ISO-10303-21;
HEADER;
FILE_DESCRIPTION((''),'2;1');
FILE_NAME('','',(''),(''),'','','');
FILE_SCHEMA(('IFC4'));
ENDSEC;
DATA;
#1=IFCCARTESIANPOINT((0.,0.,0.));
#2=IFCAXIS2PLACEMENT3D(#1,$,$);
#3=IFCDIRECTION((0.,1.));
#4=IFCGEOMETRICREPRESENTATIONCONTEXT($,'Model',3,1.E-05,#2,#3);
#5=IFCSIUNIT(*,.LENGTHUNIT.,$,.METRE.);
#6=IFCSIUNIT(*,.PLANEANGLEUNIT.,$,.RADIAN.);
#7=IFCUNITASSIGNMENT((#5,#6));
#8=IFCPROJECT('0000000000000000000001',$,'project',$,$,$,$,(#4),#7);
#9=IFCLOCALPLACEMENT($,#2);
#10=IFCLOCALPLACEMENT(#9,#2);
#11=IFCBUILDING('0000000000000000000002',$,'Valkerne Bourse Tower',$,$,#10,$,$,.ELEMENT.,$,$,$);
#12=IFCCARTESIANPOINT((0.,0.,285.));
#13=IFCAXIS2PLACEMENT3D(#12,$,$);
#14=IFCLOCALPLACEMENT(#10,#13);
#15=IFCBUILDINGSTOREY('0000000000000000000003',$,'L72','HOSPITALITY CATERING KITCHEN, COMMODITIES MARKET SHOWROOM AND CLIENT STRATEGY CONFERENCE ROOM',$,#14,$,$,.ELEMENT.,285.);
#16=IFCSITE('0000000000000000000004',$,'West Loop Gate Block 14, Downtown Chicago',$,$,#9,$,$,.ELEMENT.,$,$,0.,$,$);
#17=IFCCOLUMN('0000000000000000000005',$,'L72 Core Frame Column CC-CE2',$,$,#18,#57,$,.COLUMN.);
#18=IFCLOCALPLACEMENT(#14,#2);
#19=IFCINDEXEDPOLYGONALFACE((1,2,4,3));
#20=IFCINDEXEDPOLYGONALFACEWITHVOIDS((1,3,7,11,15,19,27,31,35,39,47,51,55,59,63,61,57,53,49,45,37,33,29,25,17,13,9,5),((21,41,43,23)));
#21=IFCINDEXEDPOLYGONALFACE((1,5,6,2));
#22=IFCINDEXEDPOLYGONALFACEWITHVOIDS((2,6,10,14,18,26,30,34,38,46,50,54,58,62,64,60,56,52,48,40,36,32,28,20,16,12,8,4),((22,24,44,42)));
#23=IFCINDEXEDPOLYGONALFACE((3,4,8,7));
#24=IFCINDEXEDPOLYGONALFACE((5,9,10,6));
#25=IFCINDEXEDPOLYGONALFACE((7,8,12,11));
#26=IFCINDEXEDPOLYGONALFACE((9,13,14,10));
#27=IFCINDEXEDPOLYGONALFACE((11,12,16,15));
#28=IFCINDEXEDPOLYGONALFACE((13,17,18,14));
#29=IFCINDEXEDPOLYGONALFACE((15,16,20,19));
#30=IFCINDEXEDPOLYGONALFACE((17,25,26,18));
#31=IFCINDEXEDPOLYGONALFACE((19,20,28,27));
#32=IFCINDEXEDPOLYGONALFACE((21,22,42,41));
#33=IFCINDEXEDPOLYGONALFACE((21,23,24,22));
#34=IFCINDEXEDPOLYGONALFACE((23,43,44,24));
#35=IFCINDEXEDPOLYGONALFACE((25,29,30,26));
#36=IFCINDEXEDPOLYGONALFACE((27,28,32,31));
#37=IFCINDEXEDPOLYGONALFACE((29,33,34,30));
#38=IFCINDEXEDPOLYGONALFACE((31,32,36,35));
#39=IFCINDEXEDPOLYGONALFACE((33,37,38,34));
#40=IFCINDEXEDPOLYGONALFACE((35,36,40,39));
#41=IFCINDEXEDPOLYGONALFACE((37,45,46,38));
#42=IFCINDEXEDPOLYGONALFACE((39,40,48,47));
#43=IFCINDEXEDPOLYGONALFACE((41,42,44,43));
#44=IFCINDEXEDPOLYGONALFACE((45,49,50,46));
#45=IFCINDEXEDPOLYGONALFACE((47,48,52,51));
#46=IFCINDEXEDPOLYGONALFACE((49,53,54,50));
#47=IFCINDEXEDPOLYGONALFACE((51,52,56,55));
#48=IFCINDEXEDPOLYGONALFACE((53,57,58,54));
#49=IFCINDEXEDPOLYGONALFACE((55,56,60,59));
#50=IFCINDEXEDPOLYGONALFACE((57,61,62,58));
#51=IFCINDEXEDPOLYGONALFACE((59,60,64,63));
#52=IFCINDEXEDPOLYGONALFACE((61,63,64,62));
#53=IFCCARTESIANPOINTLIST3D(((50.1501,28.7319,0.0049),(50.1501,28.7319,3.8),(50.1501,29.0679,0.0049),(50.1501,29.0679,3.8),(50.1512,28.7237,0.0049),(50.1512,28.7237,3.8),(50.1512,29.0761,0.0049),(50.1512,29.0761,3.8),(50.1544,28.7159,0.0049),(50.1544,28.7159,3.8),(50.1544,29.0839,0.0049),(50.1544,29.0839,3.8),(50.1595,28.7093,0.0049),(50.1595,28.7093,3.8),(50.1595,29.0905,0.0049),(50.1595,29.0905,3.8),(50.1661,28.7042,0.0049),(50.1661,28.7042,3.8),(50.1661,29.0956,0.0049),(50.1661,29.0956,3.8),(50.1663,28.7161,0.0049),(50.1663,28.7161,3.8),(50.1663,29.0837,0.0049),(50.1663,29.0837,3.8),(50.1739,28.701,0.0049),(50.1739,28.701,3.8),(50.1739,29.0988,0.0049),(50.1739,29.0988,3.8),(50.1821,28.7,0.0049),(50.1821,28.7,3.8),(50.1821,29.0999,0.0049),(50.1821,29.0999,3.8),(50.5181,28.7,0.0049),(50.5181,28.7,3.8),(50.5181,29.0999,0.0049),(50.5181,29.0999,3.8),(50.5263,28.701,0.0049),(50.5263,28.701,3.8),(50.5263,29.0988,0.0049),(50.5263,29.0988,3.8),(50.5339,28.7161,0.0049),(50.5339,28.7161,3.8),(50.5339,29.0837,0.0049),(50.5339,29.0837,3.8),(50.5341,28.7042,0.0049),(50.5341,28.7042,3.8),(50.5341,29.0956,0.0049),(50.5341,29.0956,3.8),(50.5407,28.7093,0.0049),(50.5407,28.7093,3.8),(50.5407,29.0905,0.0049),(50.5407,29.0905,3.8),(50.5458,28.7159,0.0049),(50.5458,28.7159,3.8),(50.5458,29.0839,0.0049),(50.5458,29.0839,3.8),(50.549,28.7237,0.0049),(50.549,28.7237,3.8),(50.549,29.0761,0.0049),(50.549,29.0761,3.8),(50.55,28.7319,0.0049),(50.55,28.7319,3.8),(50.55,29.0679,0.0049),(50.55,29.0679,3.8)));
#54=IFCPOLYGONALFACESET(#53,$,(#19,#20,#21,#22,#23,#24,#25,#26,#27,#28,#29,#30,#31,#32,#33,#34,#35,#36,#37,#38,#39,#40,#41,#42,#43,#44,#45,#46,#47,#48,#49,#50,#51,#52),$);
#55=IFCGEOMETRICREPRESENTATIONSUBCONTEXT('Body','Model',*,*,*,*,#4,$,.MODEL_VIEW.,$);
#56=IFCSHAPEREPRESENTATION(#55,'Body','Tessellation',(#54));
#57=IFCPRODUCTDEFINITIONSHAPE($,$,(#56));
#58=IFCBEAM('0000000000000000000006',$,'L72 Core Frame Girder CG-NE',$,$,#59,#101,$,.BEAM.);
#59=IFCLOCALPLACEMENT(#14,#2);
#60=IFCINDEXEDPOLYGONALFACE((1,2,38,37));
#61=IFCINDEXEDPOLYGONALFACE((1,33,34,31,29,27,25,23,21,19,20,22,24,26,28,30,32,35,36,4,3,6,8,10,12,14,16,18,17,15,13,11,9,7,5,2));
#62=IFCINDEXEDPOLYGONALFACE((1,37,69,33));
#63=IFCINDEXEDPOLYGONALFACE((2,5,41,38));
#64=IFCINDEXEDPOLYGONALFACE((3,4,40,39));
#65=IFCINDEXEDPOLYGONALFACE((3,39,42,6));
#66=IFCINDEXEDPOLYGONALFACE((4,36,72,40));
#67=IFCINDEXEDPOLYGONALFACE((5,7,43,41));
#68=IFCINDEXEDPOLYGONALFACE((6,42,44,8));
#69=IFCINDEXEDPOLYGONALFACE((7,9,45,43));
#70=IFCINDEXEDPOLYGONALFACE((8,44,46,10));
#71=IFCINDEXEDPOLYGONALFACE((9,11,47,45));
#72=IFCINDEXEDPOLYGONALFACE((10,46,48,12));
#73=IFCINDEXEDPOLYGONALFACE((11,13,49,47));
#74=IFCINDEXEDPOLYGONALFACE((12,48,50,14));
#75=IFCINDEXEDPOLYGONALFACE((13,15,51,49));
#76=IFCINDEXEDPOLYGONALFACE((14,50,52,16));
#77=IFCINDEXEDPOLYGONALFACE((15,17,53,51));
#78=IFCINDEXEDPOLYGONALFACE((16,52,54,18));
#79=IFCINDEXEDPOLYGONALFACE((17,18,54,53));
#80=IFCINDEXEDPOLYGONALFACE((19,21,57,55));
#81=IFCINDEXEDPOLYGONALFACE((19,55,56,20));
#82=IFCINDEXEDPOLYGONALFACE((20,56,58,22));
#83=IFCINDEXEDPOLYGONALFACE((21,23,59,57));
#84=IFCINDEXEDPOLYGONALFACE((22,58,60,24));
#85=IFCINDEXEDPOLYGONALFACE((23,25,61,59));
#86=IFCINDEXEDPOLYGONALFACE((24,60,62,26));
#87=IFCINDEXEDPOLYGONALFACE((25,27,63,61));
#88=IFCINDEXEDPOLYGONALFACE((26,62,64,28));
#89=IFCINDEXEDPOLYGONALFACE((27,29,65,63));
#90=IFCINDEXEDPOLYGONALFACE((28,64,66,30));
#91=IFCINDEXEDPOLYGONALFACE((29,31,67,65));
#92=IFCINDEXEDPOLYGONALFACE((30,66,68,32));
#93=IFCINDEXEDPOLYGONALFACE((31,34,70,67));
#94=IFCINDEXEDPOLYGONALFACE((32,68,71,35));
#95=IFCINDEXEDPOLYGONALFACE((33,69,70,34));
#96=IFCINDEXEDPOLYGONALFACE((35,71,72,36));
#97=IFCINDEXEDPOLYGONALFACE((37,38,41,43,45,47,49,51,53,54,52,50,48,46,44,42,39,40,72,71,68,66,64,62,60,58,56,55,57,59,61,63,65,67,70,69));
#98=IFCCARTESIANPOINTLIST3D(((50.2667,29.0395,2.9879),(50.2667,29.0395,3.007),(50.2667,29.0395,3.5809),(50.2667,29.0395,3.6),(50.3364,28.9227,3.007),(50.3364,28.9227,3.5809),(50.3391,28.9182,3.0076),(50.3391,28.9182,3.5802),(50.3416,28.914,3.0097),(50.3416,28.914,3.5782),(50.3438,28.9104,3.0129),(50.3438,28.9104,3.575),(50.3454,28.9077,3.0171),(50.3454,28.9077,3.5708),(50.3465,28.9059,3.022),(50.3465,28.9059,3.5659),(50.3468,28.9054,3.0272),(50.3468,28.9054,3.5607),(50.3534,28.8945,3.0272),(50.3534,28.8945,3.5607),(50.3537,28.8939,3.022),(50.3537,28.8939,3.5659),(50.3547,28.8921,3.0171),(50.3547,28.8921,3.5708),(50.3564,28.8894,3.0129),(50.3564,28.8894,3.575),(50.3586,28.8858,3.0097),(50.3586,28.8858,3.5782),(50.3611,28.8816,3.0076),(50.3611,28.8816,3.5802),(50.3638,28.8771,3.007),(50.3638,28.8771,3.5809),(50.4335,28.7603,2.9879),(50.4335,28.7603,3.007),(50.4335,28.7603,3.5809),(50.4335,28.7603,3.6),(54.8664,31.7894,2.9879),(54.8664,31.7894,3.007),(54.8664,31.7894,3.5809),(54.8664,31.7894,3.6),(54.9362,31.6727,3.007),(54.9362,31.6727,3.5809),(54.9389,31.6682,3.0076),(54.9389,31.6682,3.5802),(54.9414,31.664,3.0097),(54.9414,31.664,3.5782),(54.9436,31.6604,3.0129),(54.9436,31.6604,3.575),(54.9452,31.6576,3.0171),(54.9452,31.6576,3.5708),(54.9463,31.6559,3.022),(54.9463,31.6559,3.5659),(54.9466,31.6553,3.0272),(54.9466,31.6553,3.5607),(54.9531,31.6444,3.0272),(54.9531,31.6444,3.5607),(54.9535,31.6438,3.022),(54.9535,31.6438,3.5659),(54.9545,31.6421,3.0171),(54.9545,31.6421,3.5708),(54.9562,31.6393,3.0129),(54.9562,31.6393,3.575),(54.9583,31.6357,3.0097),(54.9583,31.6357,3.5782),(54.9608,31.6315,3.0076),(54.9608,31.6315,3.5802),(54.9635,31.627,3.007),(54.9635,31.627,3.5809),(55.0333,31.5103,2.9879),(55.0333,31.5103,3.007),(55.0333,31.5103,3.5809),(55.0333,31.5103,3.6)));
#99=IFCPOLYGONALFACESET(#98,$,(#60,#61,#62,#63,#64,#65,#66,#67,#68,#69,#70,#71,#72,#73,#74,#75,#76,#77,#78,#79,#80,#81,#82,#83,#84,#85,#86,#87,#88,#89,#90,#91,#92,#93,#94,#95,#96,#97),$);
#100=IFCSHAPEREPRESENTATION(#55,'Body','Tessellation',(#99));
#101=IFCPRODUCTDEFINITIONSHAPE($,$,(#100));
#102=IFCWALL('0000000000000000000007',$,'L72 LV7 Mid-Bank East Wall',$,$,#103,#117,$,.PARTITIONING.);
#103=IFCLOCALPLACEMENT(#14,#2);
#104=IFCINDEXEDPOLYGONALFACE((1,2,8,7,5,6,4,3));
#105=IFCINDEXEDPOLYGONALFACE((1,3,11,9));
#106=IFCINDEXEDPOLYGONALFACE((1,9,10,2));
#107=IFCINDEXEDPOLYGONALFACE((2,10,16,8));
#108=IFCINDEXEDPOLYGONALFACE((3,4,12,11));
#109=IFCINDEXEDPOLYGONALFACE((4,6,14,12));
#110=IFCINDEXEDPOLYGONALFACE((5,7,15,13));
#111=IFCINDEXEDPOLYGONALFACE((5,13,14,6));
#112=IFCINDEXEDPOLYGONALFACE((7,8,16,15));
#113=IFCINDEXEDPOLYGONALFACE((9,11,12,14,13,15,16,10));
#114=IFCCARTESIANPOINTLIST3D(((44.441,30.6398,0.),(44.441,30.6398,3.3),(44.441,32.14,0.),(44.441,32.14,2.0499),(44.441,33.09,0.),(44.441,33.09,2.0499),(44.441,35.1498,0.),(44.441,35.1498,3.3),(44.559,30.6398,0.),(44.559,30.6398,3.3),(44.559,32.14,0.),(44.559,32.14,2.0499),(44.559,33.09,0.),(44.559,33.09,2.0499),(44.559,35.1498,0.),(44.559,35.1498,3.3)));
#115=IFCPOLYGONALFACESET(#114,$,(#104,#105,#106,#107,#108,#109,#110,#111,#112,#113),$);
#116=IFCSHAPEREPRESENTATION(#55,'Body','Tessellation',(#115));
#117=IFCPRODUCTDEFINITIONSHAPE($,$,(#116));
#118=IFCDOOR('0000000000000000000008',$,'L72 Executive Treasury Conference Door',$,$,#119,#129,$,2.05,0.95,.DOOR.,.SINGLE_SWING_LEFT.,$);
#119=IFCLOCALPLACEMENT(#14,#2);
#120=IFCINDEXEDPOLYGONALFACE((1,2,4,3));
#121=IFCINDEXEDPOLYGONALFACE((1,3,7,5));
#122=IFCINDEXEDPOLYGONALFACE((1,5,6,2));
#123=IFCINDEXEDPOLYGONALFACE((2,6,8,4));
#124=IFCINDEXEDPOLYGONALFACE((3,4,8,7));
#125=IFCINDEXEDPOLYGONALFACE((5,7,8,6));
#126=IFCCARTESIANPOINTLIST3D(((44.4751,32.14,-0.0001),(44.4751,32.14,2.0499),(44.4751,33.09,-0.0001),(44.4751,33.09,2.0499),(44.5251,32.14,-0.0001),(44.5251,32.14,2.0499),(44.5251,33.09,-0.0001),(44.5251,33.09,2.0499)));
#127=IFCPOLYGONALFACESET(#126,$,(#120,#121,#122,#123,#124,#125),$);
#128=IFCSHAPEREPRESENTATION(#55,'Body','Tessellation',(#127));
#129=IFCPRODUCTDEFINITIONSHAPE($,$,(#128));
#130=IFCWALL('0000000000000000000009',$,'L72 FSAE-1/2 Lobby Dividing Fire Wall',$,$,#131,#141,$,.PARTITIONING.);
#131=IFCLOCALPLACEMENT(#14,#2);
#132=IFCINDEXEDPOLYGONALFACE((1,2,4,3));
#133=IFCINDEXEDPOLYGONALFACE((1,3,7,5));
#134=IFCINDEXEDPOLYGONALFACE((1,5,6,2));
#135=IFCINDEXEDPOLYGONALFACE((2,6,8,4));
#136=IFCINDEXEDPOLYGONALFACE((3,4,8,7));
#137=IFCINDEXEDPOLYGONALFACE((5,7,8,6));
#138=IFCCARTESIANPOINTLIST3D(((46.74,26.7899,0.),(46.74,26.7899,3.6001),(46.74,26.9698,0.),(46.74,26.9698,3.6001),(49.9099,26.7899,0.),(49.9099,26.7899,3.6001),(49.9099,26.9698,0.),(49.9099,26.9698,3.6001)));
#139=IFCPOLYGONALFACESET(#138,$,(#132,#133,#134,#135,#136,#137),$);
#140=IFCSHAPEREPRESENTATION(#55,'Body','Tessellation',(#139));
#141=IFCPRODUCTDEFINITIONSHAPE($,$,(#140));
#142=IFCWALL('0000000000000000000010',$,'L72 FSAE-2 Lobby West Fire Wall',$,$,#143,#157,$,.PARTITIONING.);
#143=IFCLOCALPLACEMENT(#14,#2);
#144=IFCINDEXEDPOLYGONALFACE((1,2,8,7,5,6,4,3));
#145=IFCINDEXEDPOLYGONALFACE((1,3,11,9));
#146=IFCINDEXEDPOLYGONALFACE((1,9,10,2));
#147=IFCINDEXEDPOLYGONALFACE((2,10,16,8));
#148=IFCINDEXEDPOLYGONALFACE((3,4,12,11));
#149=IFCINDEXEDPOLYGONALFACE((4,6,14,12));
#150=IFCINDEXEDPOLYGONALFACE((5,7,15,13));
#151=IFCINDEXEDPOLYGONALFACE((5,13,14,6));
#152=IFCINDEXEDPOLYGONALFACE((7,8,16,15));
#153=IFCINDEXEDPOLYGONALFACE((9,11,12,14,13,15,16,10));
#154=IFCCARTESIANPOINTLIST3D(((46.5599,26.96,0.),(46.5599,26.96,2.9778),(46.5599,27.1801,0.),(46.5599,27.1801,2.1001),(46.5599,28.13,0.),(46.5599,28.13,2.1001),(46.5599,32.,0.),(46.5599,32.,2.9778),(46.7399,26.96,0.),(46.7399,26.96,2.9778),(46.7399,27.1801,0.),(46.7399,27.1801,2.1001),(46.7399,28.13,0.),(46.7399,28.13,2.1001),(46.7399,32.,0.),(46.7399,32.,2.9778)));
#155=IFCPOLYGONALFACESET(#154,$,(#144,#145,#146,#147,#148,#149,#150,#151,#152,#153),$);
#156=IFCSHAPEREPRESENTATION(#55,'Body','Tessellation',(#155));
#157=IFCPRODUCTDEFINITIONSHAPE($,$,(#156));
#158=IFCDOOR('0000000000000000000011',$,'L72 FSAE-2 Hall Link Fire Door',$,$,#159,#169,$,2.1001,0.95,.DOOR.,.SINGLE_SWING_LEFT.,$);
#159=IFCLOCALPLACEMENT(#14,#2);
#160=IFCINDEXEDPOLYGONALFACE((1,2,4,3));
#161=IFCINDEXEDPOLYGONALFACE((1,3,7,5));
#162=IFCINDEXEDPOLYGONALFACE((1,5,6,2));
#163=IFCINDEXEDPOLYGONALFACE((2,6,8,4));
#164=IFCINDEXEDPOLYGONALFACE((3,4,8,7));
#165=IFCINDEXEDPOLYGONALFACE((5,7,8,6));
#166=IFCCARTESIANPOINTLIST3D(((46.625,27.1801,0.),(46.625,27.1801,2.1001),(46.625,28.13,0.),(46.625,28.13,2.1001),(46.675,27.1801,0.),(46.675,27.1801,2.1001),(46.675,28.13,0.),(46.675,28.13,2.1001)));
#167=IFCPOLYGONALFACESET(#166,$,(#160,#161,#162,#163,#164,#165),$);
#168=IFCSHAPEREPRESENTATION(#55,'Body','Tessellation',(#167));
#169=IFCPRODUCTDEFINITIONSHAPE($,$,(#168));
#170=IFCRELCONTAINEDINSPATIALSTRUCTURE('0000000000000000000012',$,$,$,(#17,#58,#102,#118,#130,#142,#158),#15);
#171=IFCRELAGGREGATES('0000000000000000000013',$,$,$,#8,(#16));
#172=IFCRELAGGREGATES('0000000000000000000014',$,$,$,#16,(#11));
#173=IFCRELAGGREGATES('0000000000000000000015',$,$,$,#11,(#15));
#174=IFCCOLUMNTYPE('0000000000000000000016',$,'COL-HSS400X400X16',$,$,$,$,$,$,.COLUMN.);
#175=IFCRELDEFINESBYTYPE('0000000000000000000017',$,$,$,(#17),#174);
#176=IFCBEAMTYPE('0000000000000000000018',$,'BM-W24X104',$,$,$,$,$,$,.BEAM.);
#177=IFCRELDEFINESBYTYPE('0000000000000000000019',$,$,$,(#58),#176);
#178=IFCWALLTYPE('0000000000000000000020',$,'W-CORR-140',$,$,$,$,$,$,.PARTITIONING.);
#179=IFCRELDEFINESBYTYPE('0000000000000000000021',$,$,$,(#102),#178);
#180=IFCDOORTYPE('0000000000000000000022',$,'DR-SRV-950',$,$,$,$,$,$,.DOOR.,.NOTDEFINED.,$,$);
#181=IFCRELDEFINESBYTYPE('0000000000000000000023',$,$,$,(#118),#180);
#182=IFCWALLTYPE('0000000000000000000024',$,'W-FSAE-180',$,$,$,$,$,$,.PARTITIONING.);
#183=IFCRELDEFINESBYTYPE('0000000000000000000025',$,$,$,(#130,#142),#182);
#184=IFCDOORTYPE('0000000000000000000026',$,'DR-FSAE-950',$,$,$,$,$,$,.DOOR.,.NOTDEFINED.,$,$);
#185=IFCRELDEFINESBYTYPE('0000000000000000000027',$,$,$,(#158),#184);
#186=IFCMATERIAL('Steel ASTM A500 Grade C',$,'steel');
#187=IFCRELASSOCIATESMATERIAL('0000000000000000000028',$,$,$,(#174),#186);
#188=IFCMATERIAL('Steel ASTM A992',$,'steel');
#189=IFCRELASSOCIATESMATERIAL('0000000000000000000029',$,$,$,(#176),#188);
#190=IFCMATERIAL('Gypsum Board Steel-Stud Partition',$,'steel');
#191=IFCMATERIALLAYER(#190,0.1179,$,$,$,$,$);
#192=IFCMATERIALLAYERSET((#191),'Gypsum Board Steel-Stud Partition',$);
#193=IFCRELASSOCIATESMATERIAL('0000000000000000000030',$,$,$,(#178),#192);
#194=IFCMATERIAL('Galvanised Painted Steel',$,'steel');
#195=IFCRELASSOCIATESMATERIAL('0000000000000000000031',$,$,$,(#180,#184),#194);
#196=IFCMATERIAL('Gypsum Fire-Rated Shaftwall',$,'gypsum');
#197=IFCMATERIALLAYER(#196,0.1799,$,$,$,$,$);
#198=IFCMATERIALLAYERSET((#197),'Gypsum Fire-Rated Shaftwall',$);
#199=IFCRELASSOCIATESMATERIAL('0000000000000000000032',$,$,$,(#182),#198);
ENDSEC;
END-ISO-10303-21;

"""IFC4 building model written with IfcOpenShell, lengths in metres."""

from ifc_helpers import new_model, si_unit, direction, frame, frame_2d, origin, origin_2d, place, context, subcontext, project, spatial, rectangle, hollow_rectangle, i_section, extrude, material, layer, layer_set, material_profile, profile_set, type_object, element, fill, save


model = new_model("IFC4")

# Units and contexts
model_context = context("Model", 3, precision=1e-05, world=origin(), true_north=direction((0.0, 1.0)))
body_context = subcontext(model_context, "Body", "Model", "MODEL_VIEW")
ifc_project = project(units=[si_unit("LENGTHUNIT", "METRE"), si_unit("PLANEANGLEUNIT", "RADIAN")], contexts=[model_context])

# Site, building, storey
site_placement = place(None, origin())
site = spatial("IfcSite", under=ifc_project, at=site_placement, Name="West Loop Gate Block 14, Downtown Chicago", CompositionType="ELEMENT", RefElevation=0.0)
building_placement = place(site_placement, origin())
building = spatial("IfcBuilding", under=site, at=building_placement, Name="Valkerne Bourse Tower", CompositionType="ELEMENT")
storey_placement = place(building_placement, frame((0.0, 0.0, 285.0)))
storey = spatial("IfcBuildingStorey", under=building, at=storey_placement, Name="L72", Description="HOSPITALITY CATERING KITCHEN, COMMODITIES MARKET SHOWROOM AND CLIENT STRATEGY CONFERENCE ROOM", CompositionType="ELEMENT", Elevation=285.0)

# Column
ifc_material_1 = material(Name="Steel ASTM A500 Grade C", Category="steel")
ifc_material_profile_1 = material_profile(ifc_material_1, hollow_rectangle(XDim=0.3999, YDim=0.3999, WallThickness=0.0161, OuterFilletRadius=0.032, at=origin_2d()), Name="HSS400X400X16")
ifc_profile_set_1 = profile_set([ifc_material_profile_1], Name="Steel ASTM A500 Grade C")
column_type = type_object("IfcColumnType", Name="COL-HSS400X400X16", PredefinedType="COLUMN", material=ifc_profile_set_1)
column_placement = place(storey_placement, frame((50.3501, 28.8999, 0.0049), z_axis=(0.0, 0.0, 1.0), x_axis=(1.0, 0.0, 0.0)))
element("IfcColumn", 1, at=column_placement, inside=storey, type_object=column_type, Name="L72 Core Frame Column CC-CE2", PredefinedType="COLUMN", context=body_context, shape_type="SweptSolid", body=[
    extrude(hollow_rectangle(XDim=0.3999, YDim=0.3999, WallThickness=0.0161, OuterFilletRadius=0.032, at=origin_2d()), origin(), (0.0, 0.0, 1.0), 3.7952),
])

# Beam
ifc_material_2 = material(Name="Steel ASTM A992", Category="steel")
ifc_material_profile_2 = material_profile(ifc_material_2, i_section(OverallWidth=0.3252, OverallDepth=0.6121, WebThickness=0.0127, FlangeThickness=0.019, FilletRadius=0.0203, at=origin_2d()), Name="W24X104")
ifc_profile_set_2 = profile_set([ifc_material_profile_2], Name="Steel ASTM A992")
beam_type = type_object("IfcBeamType", Name="BM-W24X104", PredefinedType="BEAM", material=ifc_profile_set_2)
beam_placement = place(storey_placement, frame((50.3501, 28.8999, 3.2939), z_axis=(0.858308, 0.513135, 0.0), x_axis=(-0.513135, 0.858308, 0.0)))
element("IfcBeam", 2, at=beam_placement, inside=storey, type_object=beam_type, Name="L72 Core Frame Girder CG-NE", PredefinedType="BEAM", context=body_context, shape_type="SweptSolid", body=[
    extrude(i_section(OverallWidth=0.3252, OverallDepth=0.6121, WebThickness=0.0127, FlangeThickness=0.019, FilletRadius=0.0203, at=origin_2d()), origin(), (0.0, 0.0, 1.0), 5.3591),
])

# Wall, opening, door
ifc_material_3 = material(Name="Gypsum Board Steel-Stud Partition", Category="steel")
ifc_layer_1 = layer(ifc_material_3, 0.1179)
ifc_layer_set_1 = layer_set([ifc_layer_1], Name="Gypsum Board Steel-Stud Partition")
wall_type_1 = type_object("IfcWallType", Name="W-CORR-140", PredefinedType="PARTITIONING", material=ifc_layer_set_1)
wall_1_placement = place(storey_placement, frame((44.5, 30.6399, 0.0), z_axis=(0.0, 0.0, 1.0), x_axis=(0.0, 1.0, 0.0)))
wall_1 = element("IfcWall", 3, at=wall_1_placement, inside=storey, type_object=wall_type_1, Name="L72 LV7 Mid-Bank East Wall", PredefinedType="PARTITIONING", context=body_context, shape_type="SweptSolid", body=[
    extrude(rectangle(XDim=4.51, YDim=0.1179, at=frame_2d((2.2549, 0.0))), origin(), (0.0, 0.0, 1.0), 3.3),
])
opening_1_placement = place(wall_1_placement, frame((1.5, 0.0, 0.0)))
opening_1 = element("IfcOpeningElement", 4, at=opening_1_placement, cuts=wall_1, PredefinedType="OPENING", context=body_context, shape_type="SweptSolid", body=[
    extrude(rectangle(XDim=0.95, YDim=2.05, at=frame_2d((0.4751, 1.0249))), frame((0.0, 0.0688, 0.0), z_axis=(0.0, -1.0, 0.0), x_axis=(1.0, 0.0, 0.0)), (0.0, 0.0, 1.0), 0.1379),
])
ifc_material_4 = material(Name="Galvanised Painted Steel", Category="steel")
door_type_1 = type_object("IfcDoorType", Name="DR-SRV-950", OperationType="NOTDEFINED", PredefinedType="DOOR", material=ifc_material_4)
door_1_placement = place(opening_1_placement, origin())
door_1 = element("IfcDoor", 5, at=door_1_placement, inside=storey, type_object=door_type_1, Name="L72 Executive Treasury Conference Door", OperationType="SINGLE_SWING_LEFT", OverallHeight=2.05, OverallWidth=0.95, PredefinedType="DOOR", context=body_context, shape_type="SweptSolid", body=[
    extrude(rectangle(XDim=0.95, YDim=2.05, at=frame_2d((0.4751, 1.0249))), frame((0.0, 0.0249, 0.0), z_axis=(0.0, -1.0, 0.0), x_axis=(1.0, 0.0, 0.0)), (0.0, 0.0, 1.0), 0.05),
])
fill(opening_1, door_1)

# Wall
ifc_material_5 = material(Name="Gypsum Fire-Rated Shaftwall", Category="gypsum")
ifc_layer_2 = layer(ifc_material_5, 0.1799)
ifc_layer_set_2 = layer_set([ifc_layer_2], Name="Gypsum Fire-Rated Shaftwall")
wall_type_2 = type_object("IfcWallType", Name="W-FSAE-180", PredefinedType="PARTITIONING", material=ifc_layer_set_2)
wall_2_placement = place(storey_placement, frame((46.74, 26.8799, 0.0), z_axis=(0.0, 0.0, 1.0), x_axis=(1.0, 0.0, 0.0)))
element("IfcWall", 6, at=wall_2_placement, inside=storey, type_object=wall_type_2, Name="L72 FSAE-1/2 Lobby Dividing Fire Wall", PredefinedType="PARTITIONING", context=body_context, shape_type="SweptSolid", body=[
    extrude(rectangle(XDim=3.1699, YDim=0.1799, at=frame_2d((1.585, 0.0))), origin(), (0.0, 0.0, 1.0), 3.6001),
])

# Wall, opening, door
wall_3_placement = place(storey_placement, frame((46.6499, 26.96, 0.0), z_axis=(0.0, 0.0, 1.0), x_axis=(0.0, 1.0, 0.0)))
wall_3 = element("IfcWall", 7, at=wall_3_placement, inside=storey, type_object=wall_type_2, Name="L72 FSAE-2 Lobby West Fire Wall", PredefinedType="PARTITIONING", context=body_context, shape_type="SweptSolid", body=[
    extrude(rectangle(XDim=5.04, YDim=0.1799, at=frame_2d((2.52, 0.0))), origin(), (0.0, 0.0, 1.0), 2.9778),
])
opening_2_placement = place(wall_3_placement, frame((0.22, 0.0, 0.0)))
opening_2 = element("IfcOpeningElement", 8, at=opening_2_placement, cuts=wall_3, PredefinedType="OPENING", context=body_context, shape_type="SweptSolid", body=[
    extrude(rectangle(XDim=0.95, YDim=2.1001, at=frame_2d((0.4751, 1.05))), frame((0.0, 0.0999, 0.0), z_axis=(0.0, -1.0, 0.0), x_axis=(1.0, 0.0, 0.0)), (0.0, 0.0, 1.0), 0.2),
])
door_type_2 = type_object("IfcDoorType", Name="DR-FSAE-950", OperationType="NOTDEFINED", PredefinedType="DOOR", material=ifc_material_4)
door_2_placement = place(opening_2_placement, origin())
door_2 = element("IfcDoor", 9, at=door_2_placement, inside=storey, type_object=door_type_2, Name="L72 FSAE-2 Hall Link Fire Door", OperationType="SINGLE_SWING_LEFT", OverallHeight=2.1001, OverallWidth=0.95, PredefinedType="DOOR", context=body_context, shape_type="SweptSolid", body=[
    extrude(rectangle(XDim=0.95, YDim=2.1001, at=frame_2d((0.4751, 1.05))), frame((0.0, 0.0249, 0.0), z_axis=(0.0, -1.0, 0.0), x_axis=(1.0, 0.0, 0.0)), (0.0, 0.0, 1.0), 0.05),
])
fill(opening_2, door_2)

save(model, "model.ifc")
